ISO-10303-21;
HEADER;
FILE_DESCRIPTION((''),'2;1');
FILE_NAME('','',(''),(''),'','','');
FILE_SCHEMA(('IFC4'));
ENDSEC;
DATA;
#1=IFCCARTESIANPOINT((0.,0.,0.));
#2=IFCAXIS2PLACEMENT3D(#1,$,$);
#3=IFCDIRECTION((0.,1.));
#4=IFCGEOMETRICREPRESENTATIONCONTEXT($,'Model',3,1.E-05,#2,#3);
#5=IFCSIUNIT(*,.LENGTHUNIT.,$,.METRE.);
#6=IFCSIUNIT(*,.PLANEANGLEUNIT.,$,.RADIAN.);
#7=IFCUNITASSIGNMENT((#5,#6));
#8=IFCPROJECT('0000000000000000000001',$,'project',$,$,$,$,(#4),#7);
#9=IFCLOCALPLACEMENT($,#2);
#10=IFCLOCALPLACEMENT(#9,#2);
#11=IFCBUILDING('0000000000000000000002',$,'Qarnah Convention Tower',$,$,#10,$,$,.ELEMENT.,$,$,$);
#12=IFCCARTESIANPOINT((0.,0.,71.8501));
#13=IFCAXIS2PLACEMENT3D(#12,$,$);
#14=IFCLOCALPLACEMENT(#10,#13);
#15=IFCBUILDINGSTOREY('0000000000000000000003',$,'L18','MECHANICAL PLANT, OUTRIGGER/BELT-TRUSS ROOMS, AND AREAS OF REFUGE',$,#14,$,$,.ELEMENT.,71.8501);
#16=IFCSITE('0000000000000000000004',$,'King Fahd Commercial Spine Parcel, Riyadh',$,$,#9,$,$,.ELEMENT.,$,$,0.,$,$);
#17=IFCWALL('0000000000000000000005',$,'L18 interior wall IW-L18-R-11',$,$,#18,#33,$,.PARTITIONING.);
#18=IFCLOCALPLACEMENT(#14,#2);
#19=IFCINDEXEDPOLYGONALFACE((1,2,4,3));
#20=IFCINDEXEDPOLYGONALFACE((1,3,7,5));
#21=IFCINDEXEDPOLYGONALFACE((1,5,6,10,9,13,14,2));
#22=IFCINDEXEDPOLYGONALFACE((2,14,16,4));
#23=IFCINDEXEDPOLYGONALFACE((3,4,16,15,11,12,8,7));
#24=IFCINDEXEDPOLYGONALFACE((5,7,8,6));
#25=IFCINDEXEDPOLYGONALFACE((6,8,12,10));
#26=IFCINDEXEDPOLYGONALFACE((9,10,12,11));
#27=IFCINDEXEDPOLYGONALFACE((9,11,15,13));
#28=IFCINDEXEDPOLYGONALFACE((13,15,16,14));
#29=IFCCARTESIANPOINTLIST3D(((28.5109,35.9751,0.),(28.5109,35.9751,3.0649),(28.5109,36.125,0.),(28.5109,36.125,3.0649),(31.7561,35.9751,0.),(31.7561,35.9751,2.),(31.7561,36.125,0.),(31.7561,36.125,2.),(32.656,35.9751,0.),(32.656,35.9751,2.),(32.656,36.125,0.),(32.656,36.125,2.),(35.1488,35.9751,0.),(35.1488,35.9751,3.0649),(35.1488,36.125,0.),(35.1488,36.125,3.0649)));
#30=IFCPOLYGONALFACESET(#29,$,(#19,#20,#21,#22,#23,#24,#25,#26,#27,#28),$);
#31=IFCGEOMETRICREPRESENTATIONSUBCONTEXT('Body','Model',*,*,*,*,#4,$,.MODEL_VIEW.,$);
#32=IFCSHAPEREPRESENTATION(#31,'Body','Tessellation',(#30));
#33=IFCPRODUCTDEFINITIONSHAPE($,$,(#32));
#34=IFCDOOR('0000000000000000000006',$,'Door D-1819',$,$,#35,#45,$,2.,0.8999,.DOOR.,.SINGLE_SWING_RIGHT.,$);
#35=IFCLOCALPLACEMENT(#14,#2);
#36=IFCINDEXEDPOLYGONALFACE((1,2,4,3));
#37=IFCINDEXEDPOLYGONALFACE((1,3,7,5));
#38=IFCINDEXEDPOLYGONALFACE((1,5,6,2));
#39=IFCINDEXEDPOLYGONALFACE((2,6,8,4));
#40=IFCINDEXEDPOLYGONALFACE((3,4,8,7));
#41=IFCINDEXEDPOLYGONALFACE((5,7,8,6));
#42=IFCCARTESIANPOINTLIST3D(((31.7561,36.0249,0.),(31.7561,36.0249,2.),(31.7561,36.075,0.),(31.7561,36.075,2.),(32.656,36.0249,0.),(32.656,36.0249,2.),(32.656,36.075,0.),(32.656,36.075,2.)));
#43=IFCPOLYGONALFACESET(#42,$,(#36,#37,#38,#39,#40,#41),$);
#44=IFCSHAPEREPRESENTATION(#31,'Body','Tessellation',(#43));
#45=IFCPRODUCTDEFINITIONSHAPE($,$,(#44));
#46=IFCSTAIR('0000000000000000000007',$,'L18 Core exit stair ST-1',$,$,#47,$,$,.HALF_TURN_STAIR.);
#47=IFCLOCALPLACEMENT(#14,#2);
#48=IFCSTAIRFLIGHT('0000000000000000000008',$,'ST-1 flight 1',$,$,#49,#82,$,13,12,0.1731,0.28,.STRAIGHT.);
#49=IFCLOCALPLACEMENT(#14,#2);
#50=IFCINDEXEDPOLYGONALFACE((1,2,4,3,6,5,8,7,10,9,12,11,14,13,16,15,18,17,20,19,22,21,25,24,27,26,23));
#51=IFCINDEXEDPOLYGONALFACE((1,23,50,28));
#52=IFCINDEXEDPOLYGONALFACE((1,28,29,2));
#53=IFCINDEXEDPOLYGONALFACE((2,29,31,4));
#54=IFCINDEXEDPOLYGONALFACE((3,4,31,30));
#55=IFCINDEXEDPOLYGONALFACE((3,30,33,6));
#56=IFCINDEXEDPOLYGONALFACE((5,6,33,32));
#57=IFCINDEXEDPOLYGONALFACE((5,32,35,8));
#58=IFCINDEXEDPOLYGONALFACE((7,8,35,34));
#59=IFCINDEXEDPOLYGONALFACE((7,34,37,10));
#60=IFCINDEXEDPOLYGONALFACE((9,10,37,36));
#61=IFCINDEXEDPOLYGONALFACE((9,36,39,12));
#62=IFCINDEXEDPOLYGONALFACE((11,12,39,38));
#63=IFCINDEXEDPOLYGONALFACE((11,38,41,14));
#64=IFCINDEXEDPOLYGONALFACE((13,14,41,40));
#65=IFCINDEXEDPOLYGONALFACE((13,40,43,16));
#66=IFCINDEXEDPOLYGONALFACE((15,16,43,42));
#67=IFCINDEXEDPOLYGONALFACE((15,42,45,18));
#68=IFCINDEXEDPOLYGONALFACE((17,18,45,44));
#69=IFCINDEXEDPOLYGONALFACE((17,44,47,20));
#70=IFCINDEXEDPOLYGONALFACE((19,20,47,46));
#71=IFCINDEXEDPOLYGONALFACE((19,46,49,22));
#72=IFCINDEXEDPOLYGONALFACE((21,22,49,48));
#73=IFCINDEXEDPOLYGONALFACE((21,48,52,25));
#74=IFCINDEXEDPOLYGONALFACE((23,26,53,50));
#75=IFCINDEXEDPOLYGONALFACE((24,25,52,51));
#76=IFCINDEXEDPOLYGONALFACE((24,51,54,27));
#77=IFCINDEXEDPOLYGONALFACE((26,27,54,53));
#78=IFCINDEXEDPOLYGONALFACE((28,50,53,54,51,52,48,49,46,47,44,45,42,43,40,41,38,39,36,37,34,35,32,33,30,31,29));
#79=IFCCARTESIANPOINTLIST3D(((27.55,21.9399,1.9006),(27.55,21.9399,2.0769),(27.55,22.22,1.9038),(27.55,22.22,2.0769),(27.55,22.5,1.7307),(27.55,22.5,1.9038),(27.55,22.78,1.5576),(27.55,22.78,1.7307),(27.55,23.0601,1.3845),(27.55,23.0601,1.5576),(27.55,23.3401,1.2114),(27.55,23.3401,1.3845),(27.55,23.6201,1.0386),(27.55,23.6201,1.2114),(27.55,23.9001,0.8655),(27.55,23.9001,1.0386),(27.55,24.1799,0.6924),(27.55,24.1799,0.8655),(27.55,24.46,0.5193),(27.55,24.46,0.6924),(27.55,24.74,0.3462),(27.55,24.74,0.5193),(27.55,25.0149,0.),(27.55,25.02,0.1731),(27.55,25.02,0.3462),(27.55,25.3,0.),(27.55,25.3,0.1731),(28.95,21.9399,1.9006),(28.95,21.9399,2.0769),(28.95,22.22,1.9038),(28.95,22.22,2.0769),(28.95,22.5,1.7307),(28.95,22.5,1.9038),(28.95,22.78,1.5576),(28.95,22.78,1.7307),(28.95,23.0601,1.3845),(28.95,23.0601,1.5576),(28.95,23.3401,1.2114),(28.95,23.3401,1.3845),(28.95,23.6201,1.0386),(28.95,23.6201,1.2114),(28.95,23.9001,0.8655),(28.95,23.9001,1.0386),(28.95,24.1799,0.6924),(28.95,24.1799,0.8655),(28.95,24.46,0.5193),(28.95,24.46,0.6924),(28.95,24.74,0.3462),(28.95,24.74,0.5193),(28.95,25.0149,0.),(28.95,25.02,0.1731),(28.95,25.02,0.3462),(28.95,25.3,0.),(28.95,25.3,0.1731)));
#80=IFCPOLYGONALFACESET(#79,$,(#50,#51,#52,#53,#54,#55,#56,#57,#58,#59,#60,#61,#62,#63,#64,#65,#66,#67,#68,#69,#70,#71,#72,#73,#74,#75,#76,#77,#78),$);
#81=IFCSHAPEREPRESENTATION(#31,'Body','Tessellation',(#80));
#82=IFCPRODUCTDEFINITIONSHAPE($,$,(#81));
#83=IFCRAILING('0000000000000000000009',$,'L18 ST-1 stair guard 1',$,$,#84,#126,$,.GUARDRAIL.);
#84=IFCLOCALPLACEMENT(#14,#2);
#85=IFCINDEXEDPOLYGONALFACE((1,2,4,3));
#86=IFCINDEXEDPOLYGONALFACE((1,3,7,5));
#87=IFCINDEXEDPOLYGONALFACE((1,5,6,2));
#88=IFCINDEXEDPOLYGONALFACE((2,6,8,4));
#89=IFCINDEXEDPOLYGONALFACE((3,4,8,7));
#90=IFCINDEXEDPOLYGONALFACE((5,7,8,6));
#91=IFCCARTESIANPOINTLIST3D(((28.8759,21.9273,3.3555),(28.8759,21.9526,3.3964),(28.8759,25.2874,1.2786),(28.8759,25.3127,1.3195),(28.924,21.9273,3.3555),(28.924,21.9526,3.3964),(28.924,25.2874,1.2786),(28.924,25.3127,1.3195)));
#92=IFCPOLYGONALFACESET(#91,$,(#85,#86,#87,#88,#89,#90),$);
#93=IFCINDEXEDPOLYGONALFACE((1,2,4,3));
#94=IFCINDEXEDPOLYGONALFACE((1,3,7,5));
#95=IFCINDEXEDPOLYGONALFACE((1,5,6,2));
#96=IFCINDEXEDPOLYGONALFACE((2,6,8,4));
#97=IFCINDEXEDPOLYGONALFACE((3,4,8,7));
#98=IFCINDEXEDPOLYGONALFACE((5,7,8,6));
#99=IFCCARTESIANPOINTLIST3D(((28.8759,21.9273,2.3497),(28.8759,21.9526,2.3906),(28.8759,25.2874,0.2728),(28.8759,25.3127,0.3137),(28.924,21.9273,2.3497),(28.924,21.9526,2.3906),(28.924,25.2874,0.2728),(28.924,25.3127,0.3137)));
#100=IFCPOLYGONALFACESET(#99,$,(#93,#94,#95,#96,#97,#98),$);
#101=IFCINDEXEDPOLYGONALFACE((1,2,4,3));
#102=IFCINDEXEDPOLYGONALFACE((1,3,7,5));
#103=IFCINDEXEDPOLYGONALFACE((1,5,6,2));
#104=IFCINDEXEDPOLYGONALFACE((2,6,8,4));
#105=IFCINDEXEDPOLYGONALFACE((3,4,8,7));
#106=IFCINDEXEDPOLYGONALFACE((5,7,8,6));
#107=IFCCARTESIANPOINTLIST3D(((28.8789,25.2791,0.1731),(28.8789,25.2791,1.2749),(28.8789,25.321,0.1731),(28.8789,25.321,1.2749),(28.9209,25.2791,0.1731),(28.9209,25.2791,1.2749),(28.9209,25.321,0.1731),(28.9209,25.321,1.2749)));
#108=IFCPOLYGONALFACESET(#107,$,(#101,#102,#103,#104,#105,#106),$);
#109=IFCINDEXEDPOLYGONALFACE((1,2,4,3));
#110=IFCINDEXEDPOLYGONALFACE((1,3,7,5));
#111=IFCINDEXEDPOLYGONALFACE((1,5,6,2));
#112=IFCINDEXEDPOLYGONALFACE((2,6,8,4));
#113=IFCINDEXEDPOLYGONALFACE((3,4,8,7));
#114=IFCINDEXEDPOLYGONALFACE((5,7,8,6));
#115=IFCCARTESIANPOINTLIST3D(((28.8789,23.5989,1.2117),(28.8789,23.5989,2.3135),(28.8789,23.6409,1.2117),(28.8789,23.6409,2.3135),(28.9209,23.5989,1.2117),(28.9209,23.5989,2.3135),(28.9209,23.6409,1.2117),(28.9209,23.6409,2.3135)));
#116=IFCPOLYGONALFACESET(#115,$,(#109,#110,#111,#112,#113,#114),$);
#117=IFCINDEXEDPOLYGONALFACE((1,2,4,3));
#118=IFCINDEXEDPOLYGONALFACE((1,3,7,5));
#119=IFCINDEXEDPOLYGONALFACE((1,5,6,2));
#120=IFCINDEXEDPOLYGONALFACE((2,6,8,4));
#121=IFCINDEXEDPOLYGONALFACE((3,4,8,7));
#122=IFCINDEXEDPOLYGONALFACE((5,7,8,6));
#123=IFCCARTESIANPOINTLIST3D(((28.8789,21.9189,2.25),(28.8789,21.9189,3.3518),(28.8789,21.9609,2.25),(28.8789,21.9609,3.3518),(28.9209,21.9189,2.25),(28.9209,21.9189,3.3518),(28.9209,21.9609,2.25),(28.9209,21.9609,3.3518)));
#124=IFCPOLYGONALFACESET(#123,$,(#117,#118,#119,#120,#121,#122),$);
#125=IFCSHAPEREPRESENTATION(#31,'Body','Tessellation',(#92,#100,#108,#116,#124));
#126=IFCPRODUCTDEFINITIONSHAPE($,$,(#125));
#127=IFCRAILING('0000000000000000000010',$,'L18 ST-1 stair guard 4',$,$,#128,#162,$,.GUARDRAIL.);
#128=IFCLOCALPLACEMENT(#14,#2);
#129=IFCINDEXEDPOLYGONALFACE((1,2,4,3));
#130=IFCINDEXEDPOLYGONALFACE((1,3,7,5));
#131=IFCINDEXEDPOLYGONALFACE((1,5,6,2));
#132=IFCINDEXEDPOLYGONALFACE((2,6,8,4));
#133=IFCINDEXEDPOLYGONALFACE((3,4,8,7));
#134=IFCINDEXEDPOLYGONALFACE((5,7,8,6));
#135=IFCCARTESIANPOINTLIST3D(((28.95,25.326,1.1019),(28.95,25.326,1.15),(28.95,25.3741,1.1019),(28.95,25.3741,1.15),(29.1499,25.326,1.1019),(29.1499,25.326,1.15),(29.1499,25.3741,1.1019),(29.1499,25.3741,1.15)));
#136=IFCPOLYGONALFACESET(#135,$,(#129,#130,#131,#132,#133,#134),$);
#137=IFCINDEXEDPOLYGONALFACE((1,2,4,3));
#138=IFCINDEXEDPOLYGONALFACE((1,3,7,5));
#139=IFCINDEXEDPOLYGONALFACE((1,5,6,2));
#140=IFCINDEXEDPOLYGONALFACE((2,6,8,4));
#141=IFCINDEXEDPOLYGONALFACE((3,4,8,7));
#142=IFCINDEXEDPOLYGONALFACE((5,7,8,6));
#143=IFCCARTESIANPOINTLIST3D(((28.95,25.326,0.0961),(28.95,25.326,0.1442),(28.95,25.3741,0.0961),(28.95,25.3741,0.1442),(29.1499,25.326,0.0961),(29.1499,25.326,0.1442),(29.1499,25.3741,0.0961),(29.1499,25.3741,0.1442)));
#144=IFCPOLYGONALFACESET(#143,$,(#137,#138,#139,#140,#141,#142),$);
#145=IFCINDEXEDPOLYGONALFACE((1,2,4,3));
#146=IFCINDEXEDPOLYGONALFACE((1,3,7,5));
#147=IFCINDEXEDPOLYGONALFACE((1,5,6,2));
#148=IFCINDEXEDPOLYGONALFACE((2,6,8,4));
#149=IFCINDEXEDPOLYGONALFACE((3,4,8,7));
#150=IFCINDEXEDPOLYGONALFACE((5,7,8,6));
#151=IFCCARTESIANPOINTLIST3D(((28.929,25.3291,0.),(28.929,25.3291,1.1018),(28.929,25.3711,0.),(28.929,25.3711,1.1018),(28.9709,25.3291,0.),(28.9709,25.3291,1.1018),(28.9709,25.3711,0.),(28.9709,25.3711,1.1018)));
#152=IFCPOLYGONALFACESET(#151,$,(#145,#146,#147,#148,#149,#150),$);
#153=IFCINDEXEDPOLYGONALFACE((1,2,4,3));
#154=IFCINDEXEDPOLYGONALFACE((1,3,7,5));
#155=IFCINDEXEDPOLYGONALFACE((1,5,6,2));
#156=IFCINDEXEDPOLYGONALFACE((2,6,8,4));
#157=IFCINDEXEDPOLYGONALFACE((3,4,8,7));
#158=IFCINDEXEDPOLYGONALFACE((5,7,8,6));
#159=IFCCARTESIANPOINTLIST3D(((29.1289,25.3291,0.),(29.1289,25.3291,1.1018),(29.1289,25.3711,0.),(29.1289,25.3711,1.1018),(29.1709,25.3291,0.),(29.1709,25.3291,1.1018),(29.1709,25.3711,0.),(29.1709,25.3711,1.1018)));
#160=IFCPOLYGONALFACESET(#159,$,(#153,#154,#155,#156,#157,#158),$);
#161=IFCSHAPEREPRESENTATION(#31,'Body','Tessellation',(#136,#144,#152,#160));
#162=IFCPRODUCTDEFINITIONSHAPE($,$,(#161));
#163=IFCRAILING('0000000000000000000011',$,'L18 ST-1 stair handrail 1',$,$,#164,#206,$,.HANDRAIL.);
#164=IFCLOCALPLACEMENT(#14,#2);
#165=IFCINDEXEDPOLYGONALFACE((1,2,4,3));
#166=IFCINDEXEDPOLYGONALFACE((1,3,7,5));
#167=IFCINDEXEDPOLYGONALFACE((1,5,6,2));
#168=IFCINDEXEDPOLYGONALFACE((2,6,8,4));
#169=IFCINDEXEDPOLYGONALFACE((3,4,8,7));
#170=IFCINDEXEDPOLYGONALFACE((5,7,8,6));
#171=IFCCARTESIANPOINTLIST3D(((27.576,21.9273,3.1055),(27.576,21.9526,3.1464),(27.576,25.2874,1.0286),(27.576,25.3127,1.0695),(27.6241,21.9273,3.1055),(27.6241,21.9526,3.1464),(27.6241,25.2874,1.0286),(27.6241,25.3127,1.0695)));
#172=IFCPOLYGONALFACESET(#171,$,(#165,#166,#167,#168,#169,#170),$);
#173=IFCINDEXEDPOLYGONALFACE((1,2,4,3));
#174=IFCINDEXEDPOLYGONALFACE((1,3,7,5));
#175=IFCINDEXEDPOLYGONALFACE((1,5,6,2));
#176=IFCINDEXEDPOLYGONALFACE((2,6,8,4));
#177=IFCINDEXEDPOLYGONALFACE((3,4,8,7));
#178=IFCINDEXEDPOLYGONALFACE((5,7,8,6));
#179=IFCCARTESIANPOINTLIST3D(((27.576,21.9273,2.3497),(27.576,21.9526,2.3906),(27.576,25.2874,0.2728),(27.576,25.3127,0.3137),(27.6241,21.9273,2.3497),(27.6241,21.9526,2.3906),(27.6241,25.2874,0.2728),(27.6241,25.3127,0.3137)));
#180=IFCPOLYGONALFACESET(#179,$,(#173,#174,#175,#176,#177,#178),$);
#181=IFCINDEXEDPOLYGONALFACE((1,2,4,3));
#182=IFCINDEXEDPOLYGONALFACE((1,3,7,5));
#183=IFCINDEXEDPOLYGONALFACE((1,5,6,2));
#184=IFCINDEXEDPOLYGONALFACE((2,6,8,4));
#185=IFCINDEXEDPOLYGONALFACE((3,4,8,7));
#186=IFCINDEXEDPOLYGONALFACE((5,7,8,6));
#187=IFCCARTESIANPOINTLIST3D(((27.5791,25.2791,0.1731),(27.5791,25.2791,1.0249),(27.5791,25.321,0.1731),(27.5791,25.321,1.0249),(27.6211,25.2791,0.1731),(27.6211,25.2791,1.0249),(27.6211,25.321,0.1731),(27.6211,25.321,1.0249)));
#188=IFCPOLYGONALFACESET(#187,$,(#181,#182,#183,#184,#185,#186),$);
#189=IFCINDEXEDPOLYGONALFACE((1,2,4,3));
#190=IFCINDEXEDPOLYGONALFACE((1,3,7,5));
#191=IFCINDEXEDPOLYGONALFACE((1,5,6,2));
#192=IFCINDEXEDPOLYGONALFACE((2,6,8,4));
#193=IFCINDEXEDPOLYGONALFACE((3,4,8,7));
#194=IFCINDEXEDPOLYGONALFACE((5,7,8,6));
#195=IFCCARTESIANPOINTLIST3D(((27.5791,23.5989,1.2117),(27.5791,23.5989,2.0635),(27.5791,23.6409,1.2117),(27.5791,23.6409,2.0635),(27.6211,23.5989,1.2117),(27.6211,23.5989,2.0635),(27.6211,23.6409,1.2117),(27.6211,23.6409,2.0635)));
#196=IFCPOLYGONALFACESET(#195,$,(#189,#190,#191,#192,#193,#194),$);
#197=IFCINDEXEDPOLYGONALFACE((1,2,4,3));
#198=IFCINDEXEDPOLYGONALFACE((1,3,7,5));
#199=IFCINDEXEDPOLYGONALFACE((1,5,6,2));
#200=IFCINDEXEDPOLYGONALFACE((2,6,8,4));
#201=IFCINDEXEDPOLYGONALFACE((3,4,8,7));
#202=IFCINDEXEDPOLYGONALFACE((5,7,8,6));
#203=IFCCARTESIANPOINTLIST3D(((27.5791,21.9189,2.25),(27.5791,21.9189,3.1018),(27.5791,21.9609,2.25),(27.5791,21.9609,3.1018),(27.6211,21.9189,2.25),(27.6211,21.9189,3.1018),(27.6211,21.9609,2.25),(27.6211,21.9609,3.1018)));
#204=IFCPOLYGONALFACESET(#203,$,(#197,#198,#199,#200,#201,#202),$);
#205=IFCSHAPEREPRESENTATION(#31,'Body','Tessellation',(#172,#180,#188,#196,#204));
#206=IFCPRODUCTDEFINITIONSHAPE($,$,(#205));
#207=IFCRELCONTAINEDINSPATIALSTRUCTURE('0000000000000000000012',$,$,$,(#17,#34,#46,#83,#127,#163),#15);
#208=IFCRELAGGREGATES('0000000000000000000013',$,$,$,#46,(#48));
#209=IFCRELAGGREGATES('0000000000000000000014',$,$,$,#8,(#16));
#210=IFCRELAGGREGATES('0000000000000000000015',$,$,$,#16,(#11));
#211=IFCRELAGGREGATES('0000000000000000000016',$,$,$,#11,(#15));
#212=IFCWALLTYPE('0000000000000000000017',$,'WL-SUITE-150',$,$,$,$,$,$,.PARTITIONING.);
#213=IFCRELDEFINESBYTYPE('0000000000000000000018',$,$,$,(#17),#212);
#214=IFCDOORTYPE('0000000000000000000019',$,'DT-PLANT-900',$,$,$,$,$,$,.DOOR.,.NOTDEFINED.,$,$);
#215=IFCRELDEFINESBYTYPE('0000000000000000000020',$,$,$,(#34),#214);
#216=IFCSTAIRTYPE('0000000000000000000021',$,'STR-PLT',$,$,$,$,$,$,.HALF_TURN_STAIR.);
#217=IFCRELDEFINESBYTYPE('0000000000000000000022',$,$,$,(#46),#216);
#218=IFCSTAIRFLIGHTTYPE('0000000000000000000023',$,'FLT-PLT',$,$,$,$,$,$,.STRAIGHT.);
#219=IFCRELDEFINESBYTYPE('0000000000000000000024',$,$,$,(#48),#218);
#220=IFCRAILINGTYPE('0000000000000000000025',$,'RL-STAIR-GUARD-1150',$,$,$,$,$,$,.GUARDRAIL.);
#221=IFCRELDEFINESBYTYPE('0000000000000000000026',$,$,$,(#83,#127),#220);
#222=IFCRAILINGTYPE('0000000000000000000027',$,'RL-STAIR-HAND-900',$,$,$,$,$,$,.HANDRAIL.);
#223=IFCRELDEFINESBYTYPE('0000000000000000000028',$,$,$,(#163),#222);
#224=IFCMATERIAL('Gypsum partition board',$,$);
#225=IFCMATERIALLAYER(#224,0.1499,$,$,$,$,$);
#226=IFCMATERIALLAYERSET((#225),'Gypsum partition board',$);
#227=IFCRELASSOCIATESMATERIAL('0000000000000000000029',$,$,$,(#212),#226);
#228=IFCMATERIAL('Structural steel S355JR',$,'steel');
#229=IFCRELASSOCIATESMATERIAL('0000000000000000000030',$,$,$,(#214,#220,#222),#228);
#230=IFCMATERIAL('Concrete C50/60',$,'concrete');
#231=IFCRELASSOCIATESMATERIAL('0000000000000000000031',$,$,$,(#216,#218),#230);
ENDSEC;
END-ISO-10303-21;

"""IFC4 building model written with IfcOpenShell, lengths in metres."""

from ifc_helpers import new_model, si_unit, direction, frame, frame_2d, origin, origin_2d, place, context, subcontext, project, spatial, polyline, rectangle, outline, extrude, material, layer, layer_set, type_object, element, fill, aggregate, save


model = new_model("IFC4")

# Units and contexts
model_context = context("Model", 3, precision=1e-05, world=origin(), true_north=direction((0.0, 1.0)))
body_context = subcontext(model_context, "Body", "Model", "MODEL_VIEW")
ifc_project = project(units=[si_unit("LENGTHUNIT", "METRE"), si_unit("PLANEANGLEUNIT", "RADIAN")], contexts=[model_context])

# Site, building, storey
site_placement = place(None, origin())
site = spatial("IfcSite", under=ifc_project, at=site_placement, Name="King Fahd Commercial Spine Parcel, Riyadh", CompositionType="ELEMENT", RefElevation=0.0)
building_placement = place(site_placement, origin())
building = spatial("IfcBuilding", under=site, at=building_placement, Name="Qarnah Convention Tower", CompositionType="ELEMENT")
storey_placement = place(building_placement, frame((0.0, 0.0, 71.8501)))
storey = spatial("IfcBuildingStorey", under=building, at=storey_placement, Name="L18", Description="MECHANICAL PLANT, OUTRIGGER/BELT-TRUSS ROOMS, AND AREAS OF REFUGE", CompositionType="ELEMENT", Elevation=71.8501)

# Shared definitions
ifc_material_1 = material(Name="Structural steel S355JR", Category="steel")

# Shared definitions
ifc_material_2 = material(Name="Gypsum partition board")
ifc_layer_1 = layer(ifc_material_2, 0.1499)
ifc_layer_set_1 = layer_set([ifc_layer_1], Name="Gypsum partition board")
wall_type_1 = type_object("IfcWallType", Name="WL-SUITE-150", PredefinedType="PARTITIONING", material=ifc_layer_set_1)

# Wall, opening, door
door_type_1 = type_object("IfcDoorType", Name="DT-PLANT-900", OperationType="NOTDEFINED", PredefinedType="DOOR", material=ifc_material_1)
wall_1_placement = place(storey_placement, frame((28.511, 36.05, 0.0), z_axis=(0.0, 0.0, 1.0), x_axis=(1.0, 0.0, 0.0)))
wall_1 = element("IfcWall", 1, at=wall_1_placement, inside=storey, type_object=wall_type_1, Name="L18 interior wall IW-L18-R-11", PredefinedType="PARTITIONING", context=body_context, shape_type="SweptSolid", body=[
    extrude(rectangle(XDim=6.6379, YDim=0.1499, at=frame_2d((3.3188, 0.0))), origin(), (0.0, 0.0, 1.0), 3.0649),
])
opening_1_placement = place(wall_1_placement, frame((3.2451, 0.0, 0.0)))
opening_1 = element("IfcOpeningElement", 2, at=opening_1_placement, cuts=wall_1, PredefinedType="OPENING", context=body_context, shape_type="SweptSolid", body=[
    extrude(rectangle(XDim=0.8999, YDim=2.0, at=frame_2d((0.45, 1.0))), frame((0.0, 0.085, 0.0), z_axis=(0.0, -1.0, 0.0), x_axis=(1.0, 0.0, 0.0)), (0.0, 0.0, 1.0), 0.1699),
])
door_1_placement = place(opening_1_placement, origin())
door_1 = element("IfcDoor", 3, at=door_1_placement, inside=storey, type_object=door_type_1, Name="Door D-1819", OperationType="SINGLE_SWING_RIGHT", OverallHeight=2.0, OverallWidth=0.8999, PredefinedType="DOOR", context=body_context, shape_type="SweptSolid", body=[
    extrude(rectangle(XDim=0.8999, YDim=2.0, at=frame_2d((0.45, 1.0))), frame((0.0, 0.0249, 0.0), z_axis=(0.0, -1.0, 0.0), x_axis=(1.0, 0.0, 0.0)), (0.0, 0.0, 1.0), 0.05),
])
fill(opening_1, door_1)

# Stair, stair flight
ifc_material_3 = material(Name="Concrete C50/60", Category="concrete")
stair_type = type_object("IfcStairType", Name="STR-PLT", PredefinedType="HALF_TURN_STAIR", material=ifc_material_3)
stair_placement = place(storey_placement, origin())
stair = element("IfcStair", 4, at=stair_placement, inside=storey, type_object=stair_type, Name="L18 Core exit stair ST-1", PredefinedType="HALF_TURN_STAIR")
stair_flight_type = type_object("IfcStairFlightType", Name="FLT-PLT", PredefinedType="STRAIGHT", material=ifc_material_3)
stair_flight_placement = place(storey_placement, frame((28.25, 25.3, 0.0), z_axis=(0.0, 0.0, 1.0), x_axis=(0.0, -1.0, 0.0)))
stair_flight = element("IfcStairFlight", 5, at=stair_flight_placement, type_object=stair_flight_type, Name="ST-1 flight 1", NumberOfRisers=13, NumberOfTreads=12, PredefinedType="STRAIGHT", RiserHeight=0.1731, TreadLength=0.28, context=body_context, shape_type="SweptSolid", body=[
    extrude(outline(polyline([(0.0, 0.0), (0.0, 0.1731), (0.28, 0.1731), (0.28, 0.3462), (0.5601, 0.3462), (0.5601, 0.5193), (0.8401, 0.5193), (0.8401, 0.6924), (1.1201, 0.6924), (1.1201, 0.8655), (1.3999, 0.8655), (1.3999, 1.0386), (1.6799, 1.0386), (1.6799, 1.2114), (1.96, 1.2114), (1.96, 1.3845), (2.24, 1.3845), (2.24, 1.5576), (2.52, 1.5576), (2.52, 1.7307), (2.8, 1.7307), (2.8, 1.9038), (3.0801, 1.9038), (3.0801, 2.0769), (3.3601, 2.0769), (3.3601, 2.25), (3.3601, 1.9006), (0.2852, 0.0), (0.0, 0.0)])), frame((0.0, 0.7, 0.0), z_axis=(0.0, -1.0, 0.0), x_axis=(1.0, 0.0, 0.0)), (0.0, 0.0, 1.0), 1.3999),
])
aggregate(stair, [stair_flight])

# Railings
railing_type_1 = type_object("IfcRailingType", Name="RL-STAIR-GUARD-1150", PredefinedType="GUARDRAIL", material=ifc_material_1)
railing_1_placement = place(storey_placement, frame((28.8999, 25.3, 0.1731)))
element("IfcRailing", 6, at=railing_1_placement, inside=storey, type_object=railing_type_1, Name="L18 ST-1 stair guard 1", PredefinedType="GUARDRAIL", context=body_context, shape_type="SweptSolid", body=[
    extrude(rectangle(XDim=0.0481, YDim=0.0481, at=origin_2d()), frame((0.0, 0.0, 1.126), z_axis=(0.0, -0.850623, 0.525776), x_axis=(1.0, 0.0, 0.0)), (0.0, 0.0, 1.0), 3.9502),
    extrude(rectangle(XDim=0.0481, YDim=0.0481, at=origin_2d()), frame((0.0, 0.0, 0.1201), z_axis=(0.0, -0.850623, 0.525776), x_axis=(1.0, 0.0, 0.0)), (0.0, 0.0, 1.0), 3.9502),
    extrude(rectangle(XDim=0.042, YDim=0.042, at=origin_2d()), origin(), (0.0, 0.0, 1.0), 1.1018),
    extrude(rectangle(XDim=0.042, YDim=0.042, at=origin_2d()), frame((0.0, -1.6802, 1.0386)), (0.0, 0.0, 1.0), 1.1018),
    extrude(rectangle(XDim=0.042, YDim=0.042, at=origin_2d()), frame((0.0, -3.3601, 2.0769)), (0.0, 0.0, 1.0), 1.1018),
])
railing_2_placement = place(storey_placement, frame((28.95, 25.3501, 0.0)))
element("IfcRailing", 7, at=railing_2_placement, inside=storey, type_object=railing_type_1, Name="L18 ST-1 stair guard 4", PredefinedType="GUARDRAIL", context=body_context, shape_type="SweptSolid", body=[
    extrude(rectangle(XDim=0.0481, YDim=0.0481, at=origin_2d()), frame((0.0, 0.0, 1.126), z_axis=(1.0, 0.0, 0.0), x_axis=(0.0, 1.0, 0.0)), (0.0, 0.0, 1.0), 0.2),
    extrude(rectangle(XDim=0.0481, YDim=0.0481, at=origin_2d()), frame((0.0, 0.0, 0.1201), z_axis=(1.0, 0.0, 0.0), x_axis=(0.0, 1.0, 0.0)), (0.0, 0.0, 1.0), 0.2),
    extrude(rectangle(XDim=0.042, YDim=0.042, at=origin_2d()), origin(), (0.0, 0.0, 1.0), 1.1018),
    extrude(rectangle(XDim=0.042, YDim=0.042, at=origin_2d()), frame((0.2, 0.0, 0.0)), (0.0, 0.0, 1.0), 1.1018),
])
railing_type_2 = type_object("IfcRailingType", Name="RL-STAIR-HAND-900", PredefinedType="HANDRAIL", material=ifc_material_1)
railing_3_placement = place(storey_placement, frame((27.6001, 25.3, 0.1731)))
element("IfcRailing", 8, at=railing_3_placement, inside=storey, type_object=railing_type_2, Name="L18 ST-1 stair handrail 1", PredefinedType="HANDRAIL", context=body_context, shape_type="SweptSolid", body=[
    extrude(rectangle(XDim=0.0481, YDim=0.0481, at=origin_2d()), frame((0.0, 0.0, 0.876), z_axis=(0.0, -0.850623, 0.525776), x_axis=(1.0, 0.0, 0.0)), (0.0, 0.0, 1.0), 3.9502),
    extrude(rectangle(XDim=0.0481, YDim=0.0481, at=origin_2d()), frame((0.0, 0.0, 0.1201), z_axis=(0.0, -0.850623, 0.525776), x_axis=(1.0, 0.0, 0.0)), (0.0, 0.0, 1.0), 3.9502),
    extrude(rectangle(XDim=0.042, YDim=0.042, at=origin_2d()), origin(), (0.0, 0.0, 1.0), 0.8518),
    extrude(rectangle(XDim=0.042, YDim=0.042, at=origin_2d()), frame((0.0, -1.6802, 1.0386)), (0.0, 0.0, 1.0), 0.8518),
    extrude(rectangle(XDim=0.042, YDim=0.042, at=origin_2d()), frame((0.0, -3.3601, 2.0769)), (0.0, 0.0, 1.0), 0.8518),
])

save(model, "model.ifc")
